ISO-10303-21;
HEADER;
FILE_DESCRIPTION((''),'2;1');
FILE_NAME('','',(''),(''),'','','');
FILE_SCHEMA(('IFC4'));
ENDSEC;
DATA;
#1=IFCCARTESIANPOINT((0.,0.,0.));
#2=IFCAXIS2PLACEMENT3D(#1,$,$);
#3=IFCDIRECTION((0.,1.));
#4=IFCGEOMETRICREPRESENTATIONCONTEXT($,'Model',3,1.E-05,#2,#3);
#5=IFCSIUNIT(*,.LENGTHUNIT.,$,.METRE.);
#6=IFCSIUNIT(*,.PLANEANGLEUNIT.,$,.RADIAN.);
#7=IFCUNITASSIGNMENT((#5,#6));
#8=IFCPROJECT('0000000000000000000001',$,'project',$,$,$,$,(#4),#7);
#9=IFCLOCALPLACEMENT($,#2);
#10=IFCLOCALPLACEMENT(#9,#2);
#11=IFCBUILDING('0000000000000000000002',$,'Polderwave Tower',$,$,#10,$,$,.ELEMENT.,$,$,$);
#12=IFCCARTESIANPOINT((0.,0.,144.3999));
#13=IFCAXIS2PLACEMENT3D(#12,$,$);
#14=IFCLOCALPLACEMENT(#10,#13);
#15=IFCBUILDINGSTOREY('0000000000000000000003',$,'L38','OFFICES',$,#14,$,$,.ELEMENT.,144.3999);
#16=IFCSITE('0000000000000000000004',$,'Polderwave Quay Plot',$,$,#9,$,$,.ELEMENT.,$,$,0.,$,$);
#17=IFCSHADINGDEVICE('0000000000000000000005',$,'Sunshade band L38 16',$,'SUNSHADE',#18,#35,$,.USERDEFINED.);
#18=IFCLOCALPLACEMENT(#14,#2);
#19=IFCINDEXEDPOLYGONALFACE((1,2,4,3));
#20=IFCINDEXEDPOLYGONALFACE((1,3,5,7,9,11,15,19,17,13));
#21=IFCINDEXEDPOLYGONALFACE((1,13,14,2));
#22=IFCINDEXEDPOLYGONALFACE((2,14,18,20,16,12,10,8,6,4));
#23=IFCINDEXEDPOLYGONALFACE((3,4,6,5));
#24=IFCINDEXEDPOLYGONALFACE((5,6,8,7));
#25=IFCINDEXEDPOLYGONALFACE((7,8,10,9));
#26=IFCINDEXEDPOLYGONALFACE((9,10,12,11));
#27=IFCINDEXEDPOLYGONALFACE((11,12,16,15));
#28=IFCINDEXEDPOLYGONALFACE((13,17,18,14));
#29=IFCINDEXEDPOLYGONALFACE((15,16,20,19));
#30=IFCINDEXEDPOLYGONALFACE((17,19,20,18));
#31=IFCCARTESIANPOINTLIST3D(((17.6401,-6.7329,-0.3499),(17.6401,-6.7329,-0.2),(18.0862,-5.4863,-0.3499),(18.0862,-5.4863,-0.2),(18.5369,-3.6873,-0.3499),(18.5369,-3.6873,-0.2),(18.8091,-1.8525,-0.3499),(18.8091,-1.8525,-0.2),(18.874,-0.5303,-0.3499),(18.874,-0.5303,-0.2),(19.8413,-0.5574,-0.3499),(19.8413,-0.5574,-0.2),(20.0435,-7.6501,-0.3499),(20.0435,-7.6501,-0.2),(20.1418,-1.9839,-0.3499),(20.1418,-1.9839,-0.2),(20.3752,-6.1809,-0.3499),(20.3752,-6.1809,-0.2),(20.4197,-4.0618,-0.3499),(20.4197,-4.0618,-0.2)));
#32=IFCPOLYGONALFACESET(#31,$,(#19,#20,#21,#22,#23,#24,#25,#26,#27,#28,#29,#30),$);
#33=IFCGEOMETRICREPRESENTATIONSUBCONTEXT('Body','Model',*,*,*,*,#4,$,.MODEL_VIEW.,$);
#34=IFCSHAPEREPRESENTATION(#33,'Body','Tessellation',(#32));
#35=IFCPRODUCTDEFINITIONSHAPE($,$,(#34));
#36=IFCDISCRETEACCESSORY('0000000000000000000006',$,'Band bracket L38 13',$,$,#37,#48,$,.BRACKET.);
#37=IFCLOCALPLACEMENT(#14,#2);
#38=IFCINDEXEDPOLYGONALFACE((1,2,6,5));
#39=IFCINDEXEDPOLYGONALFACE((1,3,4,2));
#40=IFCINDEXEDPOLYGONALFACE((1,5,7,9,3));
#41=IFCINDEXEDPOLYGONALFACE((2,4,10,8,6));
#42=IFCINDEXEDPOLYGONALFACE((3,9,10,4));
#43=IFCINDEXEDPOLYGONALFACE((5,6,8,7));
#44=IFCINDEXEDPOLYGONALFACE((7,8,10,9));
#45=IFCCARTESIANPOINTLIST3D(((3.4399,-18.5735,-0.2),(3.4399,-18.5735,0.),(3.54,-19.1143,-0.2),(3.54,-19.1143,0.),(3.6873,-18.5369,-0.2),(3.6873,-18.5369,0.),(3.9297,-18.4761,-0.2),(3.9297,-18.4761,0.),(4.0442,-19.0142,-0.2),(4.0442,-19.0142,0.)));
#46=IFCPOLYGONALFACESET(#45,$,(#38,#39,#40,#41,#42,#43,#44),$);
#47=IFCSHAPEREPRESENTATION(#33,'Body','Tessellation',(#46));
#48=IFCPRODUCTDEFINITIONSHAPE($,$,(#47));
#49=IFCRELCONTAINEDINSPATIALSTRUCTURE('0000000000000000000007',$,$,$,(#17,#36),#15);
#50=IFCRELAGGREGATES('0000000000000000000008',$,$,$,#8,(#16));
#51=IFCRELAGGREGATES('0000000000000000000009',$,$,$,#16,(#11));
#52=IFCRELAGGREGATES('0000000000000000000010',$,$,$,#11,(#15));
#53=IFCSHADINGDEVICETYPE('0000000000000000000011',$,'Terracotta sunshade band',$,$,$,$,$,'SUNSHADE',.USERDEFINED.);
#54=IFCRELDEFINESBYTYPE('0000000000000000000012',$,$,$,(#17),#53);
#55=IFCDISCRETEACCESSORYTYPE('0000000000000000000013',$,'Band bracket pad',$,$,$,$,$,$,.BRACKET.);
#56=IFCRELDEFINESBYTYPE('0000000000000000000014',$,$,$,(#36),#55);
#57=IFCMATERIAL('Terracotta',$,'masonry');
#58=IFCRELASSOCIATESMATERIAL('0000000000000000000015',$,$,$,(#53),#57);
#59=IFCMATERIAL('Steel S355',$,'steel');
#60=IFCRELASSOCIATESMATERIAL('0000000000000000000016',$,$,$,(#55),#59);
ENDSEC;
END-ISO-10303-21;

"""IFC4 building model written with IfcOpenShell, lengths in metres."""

from ifc_helpers import new_model, si_unit, direction, frame, origin, place, context, subcontext, project, spatial, polyline, outline, extrude, material, type_object, element, save


model = new_model("IFC4")

# Units and contexts
model_context = context("Model", 3, precision=1e-05, world=origin(), true_north=direction((0.0, 1.0)))
body_context = subcontext(model_context, "Body", "Model", "MODEL_VIEW")
ifc_project = project(units=[si_unit("LENGTHUNIT", "METRE"), si_unit("PLANEANGLEUNIT", "RADIAN")], contexts=[model_context])

# Site, building, storey
site_placement = place(None, origin())
site = spatial("IfcSite", under=ifc_project, at=site_placement, Name="Polderwave Quay Plot", CompositionType="ELEMENT", RefElevation=0.0)
building_placement = place(site_placement, origin())
building = spatial("IfcBuilding", under=site, at=building_placement, Name="Polderwave Tower", CompositionType="ELEMENT")
storey_placement = place(building_placement, frame((0.0, 0.0, 144.3999)))
storey = spatial("IfcBuildingStorey", under=building, at=storey_placement, Name="L38", Description="OFFICES", CompositionType="ELEMENT", Elevation=144.3999)

# Shading device
ifc_material_1 = material(Name="Terracotta", Category="masonry")
shading_device_type = type_object("IfcShadingDeviceType", Name="Terracotta sunshade band", ElementType="SUNSHADE", PredefinedType="USERDEFINED", material=ifc_material_1)
shading_device_1_placement = place(storey_placement, frame((0.0, 0.0, -0.3499)))
element("IfcShadingDevice", 1, at=shading_device_1_placement, inside=storey, type_object=shading_device_type, Name="Sunshade band L38 16", ObjectType="SUNSHADE", PredefinedType="USERDEFINED", context=body_context, shape_type="SweptSolid", body=[
    extrude(outline(polyline([(17.6401, -6.7329), (18.0862, -5.4863), (18.5369, -3.6873), (18.8091, -1.8525), (18.874, -0.5303), (19.8413, -0.5574), (20.1418, -1.9839), (20.4197, -4.0618), (20.3752, -6.1809), (20.0435, -7.6501), (17.6401, -6.7329)])), origin(), (0.0, 0.0, 1.0), 0.1499),
])

# Discrete accessory
ifc_material_2 = material(Name="Steel S355", Category="steel")
discrete_accessory_type = type_object("IfcDiscreteAccessoryType", Name="Band bracket pad", PredefinedType="BRACKET", material=ifc_material_2)
discrete_accessory_placement = place(storey_placement, frame((0.0, 0.0, -0.2)))
element("IfcDiscreteAccessory", 2, at=discrete_accessory_placement, inside=storey, type_object=discrete_accessory_type, Name="Band bracket L38 13", PredefinedType="BRACKET", context=body_context, shape_type="SweptSolid", body=[
    extrude(outline(polyline([(3.4399, -18.5735), (3.6873, -18.5369), (3.9297, -18.4761), (4.0442, -19.0142), (3.54, -19.1143), (3.4399, -18.5735)])), origin(), (0.0, 0.0, 1.0), 0.2),
])

save(model, "model.ifc")
